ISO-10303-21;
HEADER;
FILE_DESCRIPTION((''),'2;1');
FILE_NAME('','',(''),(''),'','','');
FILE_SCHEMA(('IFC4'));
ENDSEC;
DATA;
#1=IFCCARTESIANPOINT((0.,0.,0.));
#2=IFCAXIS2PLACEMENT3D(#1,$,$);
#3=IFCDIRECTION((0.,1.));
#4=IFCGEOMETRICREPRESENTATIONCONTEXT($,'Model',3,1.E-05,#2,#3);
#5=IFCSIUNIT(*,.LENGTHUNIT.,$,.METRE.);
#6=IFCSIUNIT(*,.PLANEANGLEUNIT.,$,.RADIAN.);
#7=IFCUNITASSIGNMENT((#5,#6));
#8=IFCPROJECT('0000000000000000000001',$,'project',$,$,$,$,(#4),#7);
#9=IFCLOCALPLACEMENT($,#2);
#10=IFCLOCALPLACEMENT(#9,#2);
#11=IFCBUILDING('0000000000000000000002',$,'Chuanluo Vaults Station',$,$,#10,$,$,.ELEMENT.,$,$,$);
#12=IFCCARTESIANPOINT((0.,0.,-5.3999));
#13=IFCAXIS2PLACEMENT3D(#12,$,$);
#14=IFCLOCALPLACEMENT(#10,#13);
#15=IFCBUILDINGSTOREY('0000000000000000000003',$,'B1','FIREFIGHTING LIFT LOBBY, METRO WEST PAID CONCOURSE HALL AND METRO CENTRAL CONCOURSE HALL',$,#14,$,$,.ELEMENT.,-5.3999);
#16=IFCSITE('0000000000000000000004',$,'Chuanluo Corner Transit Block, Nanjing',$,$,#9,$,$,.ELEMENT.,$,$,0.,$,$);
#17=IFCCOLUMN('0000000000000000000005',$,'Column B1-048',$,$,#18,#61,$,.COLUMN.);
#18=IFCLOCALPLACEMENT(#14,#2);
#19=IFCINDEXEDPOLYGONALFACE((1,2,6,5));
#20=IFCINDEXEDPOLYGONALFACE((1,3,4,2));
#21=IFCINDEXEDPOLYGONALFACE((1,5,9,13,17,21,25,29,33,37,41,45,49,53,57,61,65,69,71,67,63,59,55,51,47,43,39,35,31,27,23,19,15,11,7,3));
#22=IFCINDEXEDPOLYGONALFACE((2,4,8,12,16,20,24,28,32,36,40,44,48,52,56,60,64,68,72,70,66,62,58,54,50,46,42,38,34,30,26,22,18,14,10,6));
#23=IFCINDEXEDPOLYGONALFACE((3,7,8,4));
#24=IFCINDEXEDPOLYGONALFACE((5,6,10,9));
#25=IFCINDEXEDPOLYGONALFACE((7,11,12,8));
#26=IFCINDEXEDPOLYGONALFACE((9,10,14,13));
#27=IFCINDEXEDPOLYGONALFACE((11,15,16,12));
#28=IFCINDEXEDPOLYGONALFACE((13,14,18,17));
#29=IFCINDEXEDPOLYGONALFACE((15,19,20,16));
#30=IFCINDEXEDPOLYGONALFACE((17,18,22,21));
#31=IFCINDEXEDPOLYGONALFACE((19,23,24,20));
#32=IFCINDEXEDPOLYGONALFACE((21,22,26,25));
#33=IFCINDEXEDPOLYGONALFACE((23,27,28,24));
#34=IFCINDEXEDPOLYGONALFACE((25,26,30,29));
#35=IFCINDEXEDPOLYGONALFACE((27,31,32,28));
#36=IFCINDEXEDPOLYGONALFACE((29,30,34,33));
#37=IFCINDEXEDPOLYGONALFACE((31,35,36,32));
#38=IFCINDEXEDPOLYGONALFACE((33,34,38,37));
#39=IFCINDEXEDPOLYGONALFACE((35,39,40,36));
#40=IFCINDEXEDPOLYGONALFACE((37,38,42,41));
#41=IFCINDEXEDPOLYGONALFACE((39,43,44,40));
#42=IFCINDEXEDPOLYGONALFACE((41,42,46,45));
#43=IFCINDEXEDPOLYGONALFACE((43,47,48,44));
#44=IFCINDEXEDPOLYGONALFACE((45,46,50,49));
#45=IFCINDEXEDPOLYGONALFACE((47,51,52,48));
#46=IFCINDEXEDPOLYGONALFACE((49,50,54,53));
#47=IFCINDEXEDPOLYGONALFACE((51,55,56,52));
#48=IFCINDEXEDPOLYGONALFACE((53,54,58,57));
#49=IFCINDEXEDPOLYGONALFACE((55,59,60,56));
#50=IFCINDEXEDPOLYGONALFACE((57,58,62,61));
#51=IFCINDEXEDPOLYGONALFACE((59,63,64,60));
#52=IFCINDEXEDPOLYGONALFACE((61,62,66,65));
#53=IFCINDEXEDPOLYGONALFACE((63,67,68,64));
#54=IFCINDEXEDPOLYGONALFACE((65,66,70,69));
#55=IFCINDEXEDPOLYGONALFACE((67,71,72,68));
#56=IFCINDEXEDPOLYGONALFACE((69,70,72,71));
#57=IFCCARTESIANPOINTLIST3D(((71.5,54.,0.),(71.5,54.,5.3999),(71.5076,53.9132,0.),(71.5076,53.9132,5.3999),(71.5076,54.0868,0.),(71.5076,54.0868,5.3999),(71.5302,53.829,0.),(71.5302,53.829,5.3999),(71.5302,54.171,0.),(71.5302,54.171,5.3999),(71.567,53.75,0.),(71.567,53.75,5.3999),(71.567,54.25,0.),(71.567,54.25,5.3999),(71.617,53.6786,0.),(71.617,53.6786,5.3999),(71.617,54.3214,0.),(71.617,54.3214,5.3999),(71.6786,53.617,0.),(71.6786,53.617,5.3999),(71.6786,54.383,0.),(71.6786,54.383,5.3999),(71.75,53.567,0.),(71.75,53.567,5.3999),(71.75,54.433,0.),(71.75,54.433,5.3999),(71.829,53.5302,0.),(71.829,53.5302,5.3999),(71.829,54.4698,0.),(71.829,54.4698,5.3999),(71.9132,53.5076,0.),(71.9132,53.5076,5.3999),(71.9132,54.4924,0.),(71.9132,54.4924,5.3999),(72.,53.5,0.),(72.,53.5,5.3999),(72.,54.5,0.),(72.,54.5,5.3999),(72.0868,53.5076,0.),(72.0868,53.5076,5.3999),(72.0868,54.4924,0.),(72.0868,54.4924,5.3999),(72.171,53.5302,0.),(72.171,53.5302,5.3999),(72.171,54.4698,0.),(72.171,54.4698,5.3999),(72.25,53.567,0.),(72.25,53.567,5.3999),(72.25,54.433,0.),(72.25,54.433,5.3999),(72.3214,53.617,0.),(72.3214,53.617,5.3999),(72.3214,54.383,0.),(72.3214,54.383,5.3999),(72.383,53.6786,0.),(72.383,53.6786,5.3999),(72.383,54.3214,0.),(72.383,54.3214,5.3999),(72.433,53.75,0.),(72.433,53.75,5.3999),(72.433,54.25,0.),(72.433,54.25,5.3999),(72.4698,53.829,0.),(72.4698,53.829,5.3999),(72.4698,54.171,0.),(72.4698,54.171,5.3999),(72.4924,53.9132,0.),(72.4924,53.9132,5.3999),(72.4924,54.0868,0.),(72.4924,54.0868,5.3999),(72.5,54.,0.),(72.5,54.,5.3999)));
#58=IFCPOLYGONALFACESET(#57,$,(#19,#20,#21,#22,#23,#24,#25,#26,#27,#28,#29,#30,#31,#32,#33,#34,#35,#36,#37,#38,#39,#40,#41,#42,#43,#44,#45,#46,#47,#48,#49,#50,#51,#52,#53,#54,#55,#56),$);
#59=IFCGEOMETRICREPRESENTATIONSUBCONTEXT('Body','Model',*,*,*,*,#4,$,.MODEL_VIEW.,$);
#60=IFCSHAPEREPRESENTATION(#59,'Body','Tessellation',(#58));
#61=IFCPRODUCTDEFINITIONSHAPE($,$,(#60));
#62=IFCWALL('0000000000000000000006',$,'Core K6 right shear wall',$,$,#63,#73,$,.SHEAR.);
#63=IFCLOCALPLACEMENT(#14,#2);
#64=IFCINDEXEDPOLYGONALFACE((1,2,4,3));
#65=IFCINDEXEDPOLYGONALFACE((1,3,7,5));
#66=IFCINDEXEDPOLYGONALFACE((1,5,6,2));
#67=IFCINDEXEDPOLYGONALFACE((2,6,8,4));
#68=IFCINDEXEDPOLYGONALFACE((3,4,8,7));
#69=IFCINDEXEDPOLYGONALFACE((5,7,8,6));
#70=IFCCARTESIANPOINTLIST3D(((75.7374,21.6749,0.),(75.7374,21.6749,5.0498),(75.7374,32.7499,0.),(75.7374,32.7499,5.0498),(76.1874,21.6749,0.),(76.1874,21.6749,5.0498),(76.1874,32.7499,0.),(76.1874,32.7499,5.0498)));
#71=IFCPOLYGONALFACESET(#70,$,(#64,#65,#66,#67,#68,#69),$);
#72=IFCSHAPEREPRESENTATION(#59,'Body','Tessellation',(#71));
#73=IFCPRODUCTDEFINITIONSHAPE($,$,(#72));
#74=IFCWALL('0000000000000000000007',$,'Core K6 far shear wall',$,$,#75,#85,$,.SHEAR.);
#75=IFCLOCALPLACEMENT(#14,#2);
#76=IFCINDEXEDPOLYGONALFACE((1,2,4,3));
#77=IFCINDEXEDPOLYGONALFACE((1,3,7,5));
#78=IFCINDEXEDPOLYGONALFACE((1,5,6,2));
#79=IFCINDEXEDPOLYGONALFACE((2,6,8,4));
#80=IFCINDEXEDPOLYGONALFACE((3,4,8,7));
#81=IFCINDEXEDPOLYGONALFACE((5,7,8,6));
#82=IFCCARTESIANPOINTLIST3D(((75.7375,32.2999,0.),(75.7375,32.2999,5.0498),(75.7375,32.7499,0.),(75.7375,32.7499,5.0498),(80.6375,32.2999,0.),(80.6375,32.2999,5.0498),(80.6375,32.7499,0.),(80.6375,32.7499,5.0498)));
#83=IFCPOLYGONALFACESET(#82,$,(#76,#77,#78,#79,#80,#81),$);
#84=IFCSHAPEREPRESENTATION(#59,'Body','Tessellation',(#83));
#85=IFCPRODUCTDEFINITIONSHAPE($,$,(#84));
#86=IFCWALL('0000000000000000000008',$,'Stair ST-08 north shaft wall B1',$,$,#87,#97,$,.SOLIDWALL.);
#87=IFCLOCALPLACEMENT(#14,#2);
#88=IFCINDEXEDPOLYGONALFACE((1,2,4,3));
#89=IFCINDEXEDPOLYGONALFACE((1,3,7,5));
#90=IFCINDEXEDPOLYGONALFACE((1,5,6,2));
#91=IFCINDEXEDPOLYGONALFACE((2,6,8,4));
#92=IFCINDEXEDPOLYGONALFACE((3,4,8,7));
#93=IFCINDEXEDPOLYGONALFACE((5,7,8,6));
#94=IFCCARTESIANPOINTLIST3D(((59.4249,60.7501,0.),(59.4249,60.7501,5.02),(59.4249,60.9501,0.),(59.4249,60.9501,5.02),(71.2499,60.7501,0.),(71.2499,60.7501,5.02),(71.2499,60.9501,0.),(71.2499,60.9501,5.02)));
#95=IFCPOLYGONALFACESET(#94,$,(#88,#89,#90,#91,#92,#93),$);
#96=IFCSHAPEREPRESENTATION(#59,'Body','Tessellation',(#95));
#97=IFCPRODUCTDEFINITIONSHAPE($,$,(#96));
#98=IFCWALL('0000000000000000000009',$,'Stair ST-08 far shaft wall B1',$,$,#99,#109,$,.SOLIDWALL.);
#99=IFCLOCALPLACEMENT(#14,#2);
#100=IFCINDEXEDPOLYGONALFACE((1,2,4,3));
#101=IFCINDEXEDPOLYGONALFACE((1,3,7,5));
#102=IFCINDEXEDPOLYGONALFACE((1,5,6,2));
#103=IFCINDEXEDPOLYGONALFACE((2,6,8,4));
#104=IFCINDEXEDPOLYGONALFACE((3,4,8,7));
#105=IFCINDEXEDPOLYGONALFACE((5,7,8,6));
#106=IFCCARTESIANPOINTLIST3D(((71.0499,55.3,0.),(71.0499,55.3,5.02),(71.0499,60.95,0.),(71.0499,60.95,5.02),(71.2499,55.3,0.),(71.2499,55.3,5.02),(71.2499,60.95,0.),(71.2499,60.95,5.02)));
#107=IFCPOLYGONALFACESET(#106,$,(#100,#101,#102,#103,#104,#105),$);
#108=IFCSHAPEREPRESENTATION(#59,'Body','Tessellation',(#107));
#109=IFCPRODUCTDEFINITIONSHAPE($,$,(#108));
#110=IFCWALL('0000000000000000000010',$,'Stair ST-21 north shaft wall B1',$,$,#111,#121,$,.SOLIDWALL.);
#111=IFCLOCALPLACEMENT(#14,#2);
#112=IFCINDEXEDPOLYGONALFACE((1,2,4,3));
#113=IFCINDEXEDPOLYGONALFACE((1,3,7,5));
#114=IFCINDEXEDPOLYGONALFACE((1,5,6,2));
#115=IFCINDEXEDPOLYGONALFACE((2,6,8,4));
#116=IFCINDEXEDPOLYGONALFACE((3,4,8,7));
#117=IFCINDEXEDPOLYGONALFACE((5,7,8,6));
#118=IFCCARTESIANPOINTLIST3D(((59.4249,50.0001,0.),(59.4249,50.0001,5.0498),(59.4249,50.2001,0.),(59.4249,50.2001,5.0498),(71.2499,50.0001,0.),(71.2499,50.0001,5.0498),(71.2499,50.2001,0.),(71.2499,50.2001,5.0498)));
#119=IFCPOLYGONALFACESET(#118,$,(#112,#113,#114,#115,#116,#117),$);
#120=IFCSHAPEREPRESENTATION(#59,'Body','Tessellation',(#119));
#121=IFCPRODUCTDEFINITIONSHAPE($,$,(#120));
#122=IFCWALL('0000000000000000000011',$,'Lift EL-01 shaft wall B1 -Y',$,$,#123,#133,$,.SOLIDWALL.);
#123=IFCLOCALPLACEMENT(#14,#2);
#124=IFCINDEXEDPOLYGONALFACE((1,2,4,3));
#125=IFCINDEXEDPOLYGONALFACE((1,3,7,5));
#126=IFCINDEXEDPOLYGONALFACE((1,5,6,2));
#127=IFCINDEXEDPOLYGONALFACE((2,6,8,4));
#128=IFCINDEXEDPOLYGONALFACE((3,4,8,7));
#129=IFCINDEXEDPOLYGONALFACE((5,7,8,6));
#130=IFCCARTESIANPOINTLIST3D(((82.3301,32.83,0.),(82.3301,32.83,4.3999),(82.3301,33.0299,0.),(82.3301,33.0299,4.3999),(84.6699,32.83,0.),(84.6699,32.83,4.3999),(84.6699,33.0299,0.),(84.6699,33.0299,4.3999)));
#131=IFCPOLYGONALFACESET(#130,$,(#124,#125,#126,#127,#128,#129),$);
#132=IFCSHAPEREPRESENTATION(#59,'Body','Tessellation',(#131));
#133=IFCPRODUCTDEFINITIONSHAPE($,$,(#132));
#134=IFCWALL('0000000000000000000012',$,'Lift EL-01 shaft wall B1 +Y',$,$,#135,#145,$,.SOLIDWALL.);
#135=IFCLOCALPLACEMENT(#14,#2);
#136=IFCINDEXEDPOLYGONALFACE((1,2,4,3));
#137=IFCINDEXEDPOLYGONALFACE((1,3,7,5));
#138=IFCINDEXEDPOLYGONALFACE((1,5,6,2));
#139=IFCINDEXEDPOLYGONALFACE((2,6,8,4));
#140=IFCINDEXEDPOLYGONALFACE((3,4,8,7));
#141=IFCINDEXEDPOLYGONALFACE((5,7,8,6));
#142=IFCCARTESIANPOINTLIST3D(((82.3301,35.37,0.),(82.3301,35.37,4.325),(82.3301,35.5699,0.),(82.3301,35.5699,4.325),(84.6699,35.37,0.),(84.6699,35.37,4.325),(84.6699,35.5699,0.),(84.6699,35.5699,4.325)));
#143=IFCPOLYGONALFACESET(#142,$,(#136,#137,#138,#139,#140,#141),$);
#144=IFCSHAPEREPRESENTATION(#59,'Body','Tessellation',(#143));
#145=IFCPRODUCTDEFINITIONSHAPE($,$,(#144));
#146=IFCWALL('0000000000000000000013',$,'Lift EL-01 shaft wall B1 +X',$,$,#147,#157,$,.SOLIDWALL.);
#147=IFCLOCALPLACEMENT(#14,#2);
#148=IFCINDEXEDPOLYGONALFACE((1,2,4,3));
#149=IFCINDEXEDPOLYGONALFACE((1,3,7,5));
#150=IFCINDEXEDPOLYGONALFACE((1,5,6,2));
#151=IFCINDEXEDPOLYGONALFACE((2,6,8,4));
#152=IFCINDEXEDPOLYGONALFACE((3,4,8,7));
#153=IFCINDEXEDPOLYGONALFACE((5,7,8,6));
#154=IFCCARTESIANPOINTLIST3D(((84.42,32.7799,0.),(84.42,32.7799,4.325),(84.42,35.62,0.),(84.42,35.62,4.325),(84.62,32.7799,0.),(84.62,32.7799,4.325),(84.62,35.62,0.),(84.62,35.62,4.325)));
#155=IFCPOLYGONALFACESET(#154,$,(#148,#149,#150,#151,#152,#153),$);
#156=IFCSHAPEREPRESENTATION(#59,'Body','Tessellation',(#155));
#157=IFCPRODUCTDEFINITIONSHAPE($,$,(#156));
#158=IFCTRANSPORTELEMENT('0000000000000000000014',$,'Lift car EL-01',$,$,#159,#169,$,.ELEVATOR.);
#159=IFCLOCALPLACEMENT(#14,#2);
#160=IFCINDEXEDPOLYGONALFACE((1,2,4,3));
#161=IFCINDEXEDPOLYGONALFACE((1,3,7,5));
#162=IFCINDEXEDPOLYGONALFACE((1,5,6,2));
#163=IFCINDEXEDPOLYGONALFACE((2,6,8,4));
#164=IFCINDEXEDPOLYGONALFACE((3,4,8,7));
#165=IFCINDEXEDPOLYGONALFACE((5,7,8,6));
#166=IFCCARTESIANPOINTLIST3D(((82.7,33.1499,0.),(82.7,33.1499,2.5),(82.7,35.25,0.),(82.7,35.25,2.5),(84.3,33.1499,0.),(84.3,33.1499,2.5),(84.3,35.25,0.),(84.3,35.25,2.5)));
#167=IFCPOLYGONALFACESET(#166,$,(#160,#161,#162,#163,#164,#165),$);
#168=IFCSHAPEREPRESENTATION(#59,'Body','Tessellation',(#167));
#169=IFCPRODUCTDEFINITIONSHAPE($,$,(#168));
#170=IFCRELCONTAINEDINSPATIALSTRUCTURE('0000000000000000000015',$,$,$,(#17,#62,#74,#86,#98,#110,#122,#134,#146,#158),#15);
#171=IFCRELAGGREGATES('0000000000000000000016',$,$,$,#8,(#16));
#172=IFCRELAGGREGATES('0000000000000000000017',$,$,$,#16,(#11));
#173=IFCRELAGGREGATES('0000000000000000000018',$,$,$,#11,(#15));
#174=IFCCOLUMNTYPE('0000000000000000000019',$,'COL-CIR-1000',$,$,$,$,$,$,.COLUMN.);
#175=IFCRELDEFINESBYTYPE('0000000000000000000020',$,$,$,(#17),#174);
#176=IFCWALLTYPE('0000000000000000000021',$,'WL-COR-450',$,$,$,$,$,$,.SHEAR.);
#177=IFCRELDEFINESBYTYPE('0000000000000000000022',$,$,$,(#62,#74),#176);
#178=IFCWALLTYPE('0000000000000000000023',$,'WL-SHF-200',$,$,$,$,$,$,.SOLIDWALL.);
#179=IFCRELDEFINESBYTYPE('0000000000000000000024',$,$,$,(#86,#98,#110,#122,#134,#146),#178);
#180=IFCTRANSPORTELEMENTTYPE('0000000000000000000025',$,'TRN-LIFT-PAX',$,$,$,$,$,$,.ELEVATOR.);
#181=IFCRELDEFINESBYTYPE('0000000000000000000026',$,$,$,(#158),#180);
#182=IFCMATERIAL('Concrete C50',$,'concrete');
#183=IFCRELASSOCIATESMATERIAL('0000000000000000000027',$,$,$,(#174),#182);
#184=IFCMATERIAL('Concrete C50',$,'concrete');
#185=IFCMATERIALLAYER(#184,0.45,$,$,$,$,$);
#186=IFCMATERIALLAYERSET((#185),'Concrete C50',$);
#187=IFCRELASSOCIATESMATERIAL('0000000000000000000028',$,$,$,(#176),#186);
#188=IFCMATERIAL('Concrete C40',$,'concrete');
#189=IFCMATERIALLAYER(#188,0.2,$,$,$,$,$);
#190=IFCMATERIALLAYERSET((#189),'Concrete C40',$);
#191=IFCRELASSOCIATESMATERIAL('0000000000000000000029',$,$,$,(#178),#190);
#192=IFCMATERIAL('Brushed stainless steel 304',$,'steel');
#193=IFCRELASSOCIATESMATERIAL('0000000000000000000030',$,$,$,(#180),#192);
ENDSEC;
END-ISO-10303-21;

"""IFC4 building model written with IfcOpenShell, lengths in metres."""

from ifc_helpers import new_model, si_unit, direction, frame, frame_2d, origin, origin_2d, place, context, subcontext, project, spatial, rectangle, circle, extrude, material, layer, layer_set, material_profile, profile_set, type_object, element, save


model = new_model("IFC4")

# Units and contexts
model_context = context("Model", 3, precision=1e-05, world=origin(), true_north=direction((0.0, 1.0)))
body_context = subcontext(model_context, "Body", "Model", "MODEL_VIEW")
ifc_project = project(units=[si_unit("LENGTHUNIT", "METRE"), si_unit("PLANEANGLEUNIT", "RADIAN")], contexts=[model_context])

# Site, building, storey
site_placement = place(None, origin())
site = spatial("IfcSite", under=ifc_project, at=site_placement, Name="Chuanluo Corner Transit Block, Nanjing", CompositionType="ELEMENT", RefElevation=0.0)
building_placement = place(site_placement, origin())
building = spatial("IfcBuilding", under=site, at=building_placement, Name="Chuanluo Vaults Station", CompositionType="ELEMENT")
storey_placement = place(building_placement, frame((0.0, 0.0, -5.3999)))
storey = spatial("IfcBuildingStorey", under=building, at=storey_placement, Name="B1", Description="FIREFIGHTING LIFT LOBBY, METRO WEST PAID CONCOURSE HALL AND METRO CENTRAL CONCOURSE HALL", CompositionType="ELEMENT", Elevation=-5.3999)

# Column
ifc_material_1 = material(Name="Concrete C50", Category="concrete")
ifc_material_profile_1 = material_profile(ifc_material_1, circle(Radius=0.5, at=origin_2d()))
ifc_profile_set_1 = profile_set([ifc_material_profile_1], Name="Concrete C50")
column_type = type_object("IfcColumnType", Name="COL-CIR-1000", PredefinedType="COLUMN", material=ifc_profile_set_1)
for number, where, z_axis, x_axis, name in (
    (1, (72.0, 54.0, 0.0), (0.0, 0.0, 1.0), (1.0, 0.0, 0.0), "Column B1-048"),
):
    element("IfcColumn", number, at=place(storey_placement, frame(where, z_axis=z_axis, x_axis=x_axis)), inside=storey, type_object=column_type, Name=name, PredefinedType="COLUMN", context=body_context, shape_type="SweptSolid", body=[
        extrude(circle(Radius=0.5, at=origin_2d()), origin(), (0.0, 0.0, 1.0), 5.3999),
    ])

# Walls
ifc_material_2 = material(Name="Concrete C50", Category="concrete")
ifc_layer_1 = layer(ifc_material_2, 0.45)
ifc_layer_set_1 = layer_set([ifc_layer_1], Name="Concrete C50")
wall_type_1 = type_object("IfcWallType", Name="WL-COR-450", PredefinedType="SHEAR", material=ifc_layer_set_1)
wall_1_placement = place(storey_placement, frame((75.9624, 32.75, 0.0), z_axis=(0.0, 0.0, 1.0), x_axis=(0.0, -1.0, 0.0)))
element("IfcWall", 2, at=wall_1_placement, inside=storey, type_object=wall_type_1, Name="Core K6 right shear wall", PredefinedType="SHEAR", context=body_context, shape_type="SweptSolid", body=[
    extrude(rectangle(XDim=11.075, YDim=0.45, at=frame_2d((5.5376, 0.0))), origin(), (0.0, 0.0, 1.0), 5.0498),
])
wall_2_placement = place(storey_placement, frame((80.6375, 32.5249, 0.0), z_axis=(0.0, 0.0, 1.0), x_axis=(-1.0, 0.0, 0.0)))
element("IfcWall", 3, at=wall_2_placement, inside=storey, type_object=wall_type_1, Name="Core K6 far shear wall", PredefinedType="SHEAR", context=body_context, shape_type="SweptSolid", body=[
    extrude(rectangle(XDim=4.8999, YDim=0.45, at=frame_2d((2.45, 0.0))), origin(), (0.0, 0.0, 1.0), 5.0498),
])
ifc_material_3 = material(Name="Concrete C40", Category="concrete")
ifc_layer_2 = layer(ifc_material_3, 0.2)
ifc_layer_set_2 = layer_set([ifc_layer_2], Name="Concrete C40")
wall_type_2 = type_object("IfcWallType", Name="WL-SHF-200", PredefinedType="SOLIDWALL", material=ifc_layer_set_2)
wall_3_placement = place(storey_placement, frame((71.25, 60.8501, 0.0), z_axis=(0.0, 0.0, 1.0), x_axis=(-1.0, 0.0, 0.0)))
element("IfcWall", 4, at=wall_3_placement, inside=storey, type_object=wall_type_2, Name="Stair ST-08 north shaft wall B1", PredefinedType="SOLIDWALL", context=body_context, shape_type="SweptSolid", body=[
    extrude(rectangle(XDim=11.825, YDim=0.2, at=frame_2d((5.9126, 0.0))), origin(), (0.0, 0.0, 1.0), 5.02),
])
wall_4_placement = place(storey_placement, frame((71.1499, 55.3, 0.0), z_axis=(0.0, 0.0, 1.0), x_axis=(0.0, 1.0, 0.0)))
element("IfcWall", 5, at=wall_4_placement, inside=storey, type_object=wall_type_2, Name="Stair ST-08 far shaft wall B1", PredefinedType="SOLIDWALL", context=body_context, shape_type="SweptSolid", body=[
    extrude(rectangle(XDim=5.6499, YDim=0.2, at=frame_2d((2.825, 0.0))), origin(), (0.0, 0.0, 1.0), 5.02),
])
wall_5_placement = place(storey_placement, frame((71.25, 50.1001, 0.0), z_axis=(0.0, 0.0, 1.0), x_axis=(-1.0, 0.0, 0.0)))
element("IfcWall", 6, at=wall_5_placement, inside=storey, type_object=wall_type_2, Name="Stair ST-21 north shaft wall B1", PredefinedType="SOLIDWALL", context=body_context, shape_type="SweptSolid", body=[
    extrude(rectangle(XDim=11.825, YDim=0.2, at=frame_2d((5.9126, 0.0))), origin(), (0.0, 0.0, 1.0), 5.0498),
])
wall_6_placement = place(storey_placement, frame((82.3301, 32.9299, 0.0), z_axis=(0.0, 0.0, 1.0), x_axis=(1.0, 0.0, 0.0)))
element("IfcWall", 7, at=wall_6_placement, inside=storey, type_object=wall_type_2, Name="Lift EL-01 shaft wall B1 -Y", PredefinedType="SOLIDWALL", context=body_context, shape_type="SweptSolid", body=[
    extrude(rectangle(XDim=2.3398, YDim=0.2, at=frame_2d((1.1699, 0.0))), origin(), (0.0, 0.0, 1.0), 4.3999),
])
wall_7_placement = place(storey_placement, frame((84.6699, 35.47, 0.0), z_axis=(0.0, 0.0, 1.0), x_axis=(-1.0, 0.0, 0.0)))
element("IfcWall", 8, at=wall_7_placement, inside=storey, type_object=wall_type_2, Name="Lift EL-01 shaft wall B1 +Y", PredefinedType="SOLIDWALL", context=body_context, shape_type="SweptSolid", body=[
    extrude(rectangle(XDim=2.3398, YDim=0.2, at=frame_2d((1.1699, 0.0))), origin(), (0.0, 0.0, 1.0), 4.325),
])

# Wall
wall_8_placement = place(storey_placement, frame((84.52, 32.78, 0.0), z_axis=(0.0, 0.0, 1.0), x_axis=(0.0, 1.0, 0.0)))
element("IfcWall", 9, at=wall_8_placement, inside=storey, type_object=wall_type_2, Name="Lift EL-01 shaft wall B1 +X", PredefinedType="SOLIDWALL", context=body_context, shape_type="SweptSolid", body=[
    extrude(rectangle(XDim=2.8401, YDim=0.2, at=frame_2d((1.4199, 0.0))), origin(), (0.0, 0.0, 1.0), 4.325),
])

# Transport element
ifc_material_4 = material(Name="Brushed stainless steel 304", Category="steel")
transport_element_type = type_object("IfcTransportElementType", Name="TRN-LIFT-PAX", PredefinedType="ELEVATOR", material=ifc_material_4)
transport_element_placement = place(storey_placement, frame((83.5, 34.2, 0.0), z_axis=(0.0, 0.0, 1.0), x_axis=(1.0, 0.0, 0.0)))
element("IfcTransportElement", 10, at=transport_element_placement, inside=storey, type_object=transport_element_type, Name="Lift car EL-01", PredefinedType="ELEVATOR", context=body_context, shape_type="SweptSolid", body=[
    extrude(rectangle(XDim=1.6001, YDim=2.1001, at=origin_2d()), origin(), (0.0, 0.0, 1.0), 2.5),
])

save(model, "model.ifc")
